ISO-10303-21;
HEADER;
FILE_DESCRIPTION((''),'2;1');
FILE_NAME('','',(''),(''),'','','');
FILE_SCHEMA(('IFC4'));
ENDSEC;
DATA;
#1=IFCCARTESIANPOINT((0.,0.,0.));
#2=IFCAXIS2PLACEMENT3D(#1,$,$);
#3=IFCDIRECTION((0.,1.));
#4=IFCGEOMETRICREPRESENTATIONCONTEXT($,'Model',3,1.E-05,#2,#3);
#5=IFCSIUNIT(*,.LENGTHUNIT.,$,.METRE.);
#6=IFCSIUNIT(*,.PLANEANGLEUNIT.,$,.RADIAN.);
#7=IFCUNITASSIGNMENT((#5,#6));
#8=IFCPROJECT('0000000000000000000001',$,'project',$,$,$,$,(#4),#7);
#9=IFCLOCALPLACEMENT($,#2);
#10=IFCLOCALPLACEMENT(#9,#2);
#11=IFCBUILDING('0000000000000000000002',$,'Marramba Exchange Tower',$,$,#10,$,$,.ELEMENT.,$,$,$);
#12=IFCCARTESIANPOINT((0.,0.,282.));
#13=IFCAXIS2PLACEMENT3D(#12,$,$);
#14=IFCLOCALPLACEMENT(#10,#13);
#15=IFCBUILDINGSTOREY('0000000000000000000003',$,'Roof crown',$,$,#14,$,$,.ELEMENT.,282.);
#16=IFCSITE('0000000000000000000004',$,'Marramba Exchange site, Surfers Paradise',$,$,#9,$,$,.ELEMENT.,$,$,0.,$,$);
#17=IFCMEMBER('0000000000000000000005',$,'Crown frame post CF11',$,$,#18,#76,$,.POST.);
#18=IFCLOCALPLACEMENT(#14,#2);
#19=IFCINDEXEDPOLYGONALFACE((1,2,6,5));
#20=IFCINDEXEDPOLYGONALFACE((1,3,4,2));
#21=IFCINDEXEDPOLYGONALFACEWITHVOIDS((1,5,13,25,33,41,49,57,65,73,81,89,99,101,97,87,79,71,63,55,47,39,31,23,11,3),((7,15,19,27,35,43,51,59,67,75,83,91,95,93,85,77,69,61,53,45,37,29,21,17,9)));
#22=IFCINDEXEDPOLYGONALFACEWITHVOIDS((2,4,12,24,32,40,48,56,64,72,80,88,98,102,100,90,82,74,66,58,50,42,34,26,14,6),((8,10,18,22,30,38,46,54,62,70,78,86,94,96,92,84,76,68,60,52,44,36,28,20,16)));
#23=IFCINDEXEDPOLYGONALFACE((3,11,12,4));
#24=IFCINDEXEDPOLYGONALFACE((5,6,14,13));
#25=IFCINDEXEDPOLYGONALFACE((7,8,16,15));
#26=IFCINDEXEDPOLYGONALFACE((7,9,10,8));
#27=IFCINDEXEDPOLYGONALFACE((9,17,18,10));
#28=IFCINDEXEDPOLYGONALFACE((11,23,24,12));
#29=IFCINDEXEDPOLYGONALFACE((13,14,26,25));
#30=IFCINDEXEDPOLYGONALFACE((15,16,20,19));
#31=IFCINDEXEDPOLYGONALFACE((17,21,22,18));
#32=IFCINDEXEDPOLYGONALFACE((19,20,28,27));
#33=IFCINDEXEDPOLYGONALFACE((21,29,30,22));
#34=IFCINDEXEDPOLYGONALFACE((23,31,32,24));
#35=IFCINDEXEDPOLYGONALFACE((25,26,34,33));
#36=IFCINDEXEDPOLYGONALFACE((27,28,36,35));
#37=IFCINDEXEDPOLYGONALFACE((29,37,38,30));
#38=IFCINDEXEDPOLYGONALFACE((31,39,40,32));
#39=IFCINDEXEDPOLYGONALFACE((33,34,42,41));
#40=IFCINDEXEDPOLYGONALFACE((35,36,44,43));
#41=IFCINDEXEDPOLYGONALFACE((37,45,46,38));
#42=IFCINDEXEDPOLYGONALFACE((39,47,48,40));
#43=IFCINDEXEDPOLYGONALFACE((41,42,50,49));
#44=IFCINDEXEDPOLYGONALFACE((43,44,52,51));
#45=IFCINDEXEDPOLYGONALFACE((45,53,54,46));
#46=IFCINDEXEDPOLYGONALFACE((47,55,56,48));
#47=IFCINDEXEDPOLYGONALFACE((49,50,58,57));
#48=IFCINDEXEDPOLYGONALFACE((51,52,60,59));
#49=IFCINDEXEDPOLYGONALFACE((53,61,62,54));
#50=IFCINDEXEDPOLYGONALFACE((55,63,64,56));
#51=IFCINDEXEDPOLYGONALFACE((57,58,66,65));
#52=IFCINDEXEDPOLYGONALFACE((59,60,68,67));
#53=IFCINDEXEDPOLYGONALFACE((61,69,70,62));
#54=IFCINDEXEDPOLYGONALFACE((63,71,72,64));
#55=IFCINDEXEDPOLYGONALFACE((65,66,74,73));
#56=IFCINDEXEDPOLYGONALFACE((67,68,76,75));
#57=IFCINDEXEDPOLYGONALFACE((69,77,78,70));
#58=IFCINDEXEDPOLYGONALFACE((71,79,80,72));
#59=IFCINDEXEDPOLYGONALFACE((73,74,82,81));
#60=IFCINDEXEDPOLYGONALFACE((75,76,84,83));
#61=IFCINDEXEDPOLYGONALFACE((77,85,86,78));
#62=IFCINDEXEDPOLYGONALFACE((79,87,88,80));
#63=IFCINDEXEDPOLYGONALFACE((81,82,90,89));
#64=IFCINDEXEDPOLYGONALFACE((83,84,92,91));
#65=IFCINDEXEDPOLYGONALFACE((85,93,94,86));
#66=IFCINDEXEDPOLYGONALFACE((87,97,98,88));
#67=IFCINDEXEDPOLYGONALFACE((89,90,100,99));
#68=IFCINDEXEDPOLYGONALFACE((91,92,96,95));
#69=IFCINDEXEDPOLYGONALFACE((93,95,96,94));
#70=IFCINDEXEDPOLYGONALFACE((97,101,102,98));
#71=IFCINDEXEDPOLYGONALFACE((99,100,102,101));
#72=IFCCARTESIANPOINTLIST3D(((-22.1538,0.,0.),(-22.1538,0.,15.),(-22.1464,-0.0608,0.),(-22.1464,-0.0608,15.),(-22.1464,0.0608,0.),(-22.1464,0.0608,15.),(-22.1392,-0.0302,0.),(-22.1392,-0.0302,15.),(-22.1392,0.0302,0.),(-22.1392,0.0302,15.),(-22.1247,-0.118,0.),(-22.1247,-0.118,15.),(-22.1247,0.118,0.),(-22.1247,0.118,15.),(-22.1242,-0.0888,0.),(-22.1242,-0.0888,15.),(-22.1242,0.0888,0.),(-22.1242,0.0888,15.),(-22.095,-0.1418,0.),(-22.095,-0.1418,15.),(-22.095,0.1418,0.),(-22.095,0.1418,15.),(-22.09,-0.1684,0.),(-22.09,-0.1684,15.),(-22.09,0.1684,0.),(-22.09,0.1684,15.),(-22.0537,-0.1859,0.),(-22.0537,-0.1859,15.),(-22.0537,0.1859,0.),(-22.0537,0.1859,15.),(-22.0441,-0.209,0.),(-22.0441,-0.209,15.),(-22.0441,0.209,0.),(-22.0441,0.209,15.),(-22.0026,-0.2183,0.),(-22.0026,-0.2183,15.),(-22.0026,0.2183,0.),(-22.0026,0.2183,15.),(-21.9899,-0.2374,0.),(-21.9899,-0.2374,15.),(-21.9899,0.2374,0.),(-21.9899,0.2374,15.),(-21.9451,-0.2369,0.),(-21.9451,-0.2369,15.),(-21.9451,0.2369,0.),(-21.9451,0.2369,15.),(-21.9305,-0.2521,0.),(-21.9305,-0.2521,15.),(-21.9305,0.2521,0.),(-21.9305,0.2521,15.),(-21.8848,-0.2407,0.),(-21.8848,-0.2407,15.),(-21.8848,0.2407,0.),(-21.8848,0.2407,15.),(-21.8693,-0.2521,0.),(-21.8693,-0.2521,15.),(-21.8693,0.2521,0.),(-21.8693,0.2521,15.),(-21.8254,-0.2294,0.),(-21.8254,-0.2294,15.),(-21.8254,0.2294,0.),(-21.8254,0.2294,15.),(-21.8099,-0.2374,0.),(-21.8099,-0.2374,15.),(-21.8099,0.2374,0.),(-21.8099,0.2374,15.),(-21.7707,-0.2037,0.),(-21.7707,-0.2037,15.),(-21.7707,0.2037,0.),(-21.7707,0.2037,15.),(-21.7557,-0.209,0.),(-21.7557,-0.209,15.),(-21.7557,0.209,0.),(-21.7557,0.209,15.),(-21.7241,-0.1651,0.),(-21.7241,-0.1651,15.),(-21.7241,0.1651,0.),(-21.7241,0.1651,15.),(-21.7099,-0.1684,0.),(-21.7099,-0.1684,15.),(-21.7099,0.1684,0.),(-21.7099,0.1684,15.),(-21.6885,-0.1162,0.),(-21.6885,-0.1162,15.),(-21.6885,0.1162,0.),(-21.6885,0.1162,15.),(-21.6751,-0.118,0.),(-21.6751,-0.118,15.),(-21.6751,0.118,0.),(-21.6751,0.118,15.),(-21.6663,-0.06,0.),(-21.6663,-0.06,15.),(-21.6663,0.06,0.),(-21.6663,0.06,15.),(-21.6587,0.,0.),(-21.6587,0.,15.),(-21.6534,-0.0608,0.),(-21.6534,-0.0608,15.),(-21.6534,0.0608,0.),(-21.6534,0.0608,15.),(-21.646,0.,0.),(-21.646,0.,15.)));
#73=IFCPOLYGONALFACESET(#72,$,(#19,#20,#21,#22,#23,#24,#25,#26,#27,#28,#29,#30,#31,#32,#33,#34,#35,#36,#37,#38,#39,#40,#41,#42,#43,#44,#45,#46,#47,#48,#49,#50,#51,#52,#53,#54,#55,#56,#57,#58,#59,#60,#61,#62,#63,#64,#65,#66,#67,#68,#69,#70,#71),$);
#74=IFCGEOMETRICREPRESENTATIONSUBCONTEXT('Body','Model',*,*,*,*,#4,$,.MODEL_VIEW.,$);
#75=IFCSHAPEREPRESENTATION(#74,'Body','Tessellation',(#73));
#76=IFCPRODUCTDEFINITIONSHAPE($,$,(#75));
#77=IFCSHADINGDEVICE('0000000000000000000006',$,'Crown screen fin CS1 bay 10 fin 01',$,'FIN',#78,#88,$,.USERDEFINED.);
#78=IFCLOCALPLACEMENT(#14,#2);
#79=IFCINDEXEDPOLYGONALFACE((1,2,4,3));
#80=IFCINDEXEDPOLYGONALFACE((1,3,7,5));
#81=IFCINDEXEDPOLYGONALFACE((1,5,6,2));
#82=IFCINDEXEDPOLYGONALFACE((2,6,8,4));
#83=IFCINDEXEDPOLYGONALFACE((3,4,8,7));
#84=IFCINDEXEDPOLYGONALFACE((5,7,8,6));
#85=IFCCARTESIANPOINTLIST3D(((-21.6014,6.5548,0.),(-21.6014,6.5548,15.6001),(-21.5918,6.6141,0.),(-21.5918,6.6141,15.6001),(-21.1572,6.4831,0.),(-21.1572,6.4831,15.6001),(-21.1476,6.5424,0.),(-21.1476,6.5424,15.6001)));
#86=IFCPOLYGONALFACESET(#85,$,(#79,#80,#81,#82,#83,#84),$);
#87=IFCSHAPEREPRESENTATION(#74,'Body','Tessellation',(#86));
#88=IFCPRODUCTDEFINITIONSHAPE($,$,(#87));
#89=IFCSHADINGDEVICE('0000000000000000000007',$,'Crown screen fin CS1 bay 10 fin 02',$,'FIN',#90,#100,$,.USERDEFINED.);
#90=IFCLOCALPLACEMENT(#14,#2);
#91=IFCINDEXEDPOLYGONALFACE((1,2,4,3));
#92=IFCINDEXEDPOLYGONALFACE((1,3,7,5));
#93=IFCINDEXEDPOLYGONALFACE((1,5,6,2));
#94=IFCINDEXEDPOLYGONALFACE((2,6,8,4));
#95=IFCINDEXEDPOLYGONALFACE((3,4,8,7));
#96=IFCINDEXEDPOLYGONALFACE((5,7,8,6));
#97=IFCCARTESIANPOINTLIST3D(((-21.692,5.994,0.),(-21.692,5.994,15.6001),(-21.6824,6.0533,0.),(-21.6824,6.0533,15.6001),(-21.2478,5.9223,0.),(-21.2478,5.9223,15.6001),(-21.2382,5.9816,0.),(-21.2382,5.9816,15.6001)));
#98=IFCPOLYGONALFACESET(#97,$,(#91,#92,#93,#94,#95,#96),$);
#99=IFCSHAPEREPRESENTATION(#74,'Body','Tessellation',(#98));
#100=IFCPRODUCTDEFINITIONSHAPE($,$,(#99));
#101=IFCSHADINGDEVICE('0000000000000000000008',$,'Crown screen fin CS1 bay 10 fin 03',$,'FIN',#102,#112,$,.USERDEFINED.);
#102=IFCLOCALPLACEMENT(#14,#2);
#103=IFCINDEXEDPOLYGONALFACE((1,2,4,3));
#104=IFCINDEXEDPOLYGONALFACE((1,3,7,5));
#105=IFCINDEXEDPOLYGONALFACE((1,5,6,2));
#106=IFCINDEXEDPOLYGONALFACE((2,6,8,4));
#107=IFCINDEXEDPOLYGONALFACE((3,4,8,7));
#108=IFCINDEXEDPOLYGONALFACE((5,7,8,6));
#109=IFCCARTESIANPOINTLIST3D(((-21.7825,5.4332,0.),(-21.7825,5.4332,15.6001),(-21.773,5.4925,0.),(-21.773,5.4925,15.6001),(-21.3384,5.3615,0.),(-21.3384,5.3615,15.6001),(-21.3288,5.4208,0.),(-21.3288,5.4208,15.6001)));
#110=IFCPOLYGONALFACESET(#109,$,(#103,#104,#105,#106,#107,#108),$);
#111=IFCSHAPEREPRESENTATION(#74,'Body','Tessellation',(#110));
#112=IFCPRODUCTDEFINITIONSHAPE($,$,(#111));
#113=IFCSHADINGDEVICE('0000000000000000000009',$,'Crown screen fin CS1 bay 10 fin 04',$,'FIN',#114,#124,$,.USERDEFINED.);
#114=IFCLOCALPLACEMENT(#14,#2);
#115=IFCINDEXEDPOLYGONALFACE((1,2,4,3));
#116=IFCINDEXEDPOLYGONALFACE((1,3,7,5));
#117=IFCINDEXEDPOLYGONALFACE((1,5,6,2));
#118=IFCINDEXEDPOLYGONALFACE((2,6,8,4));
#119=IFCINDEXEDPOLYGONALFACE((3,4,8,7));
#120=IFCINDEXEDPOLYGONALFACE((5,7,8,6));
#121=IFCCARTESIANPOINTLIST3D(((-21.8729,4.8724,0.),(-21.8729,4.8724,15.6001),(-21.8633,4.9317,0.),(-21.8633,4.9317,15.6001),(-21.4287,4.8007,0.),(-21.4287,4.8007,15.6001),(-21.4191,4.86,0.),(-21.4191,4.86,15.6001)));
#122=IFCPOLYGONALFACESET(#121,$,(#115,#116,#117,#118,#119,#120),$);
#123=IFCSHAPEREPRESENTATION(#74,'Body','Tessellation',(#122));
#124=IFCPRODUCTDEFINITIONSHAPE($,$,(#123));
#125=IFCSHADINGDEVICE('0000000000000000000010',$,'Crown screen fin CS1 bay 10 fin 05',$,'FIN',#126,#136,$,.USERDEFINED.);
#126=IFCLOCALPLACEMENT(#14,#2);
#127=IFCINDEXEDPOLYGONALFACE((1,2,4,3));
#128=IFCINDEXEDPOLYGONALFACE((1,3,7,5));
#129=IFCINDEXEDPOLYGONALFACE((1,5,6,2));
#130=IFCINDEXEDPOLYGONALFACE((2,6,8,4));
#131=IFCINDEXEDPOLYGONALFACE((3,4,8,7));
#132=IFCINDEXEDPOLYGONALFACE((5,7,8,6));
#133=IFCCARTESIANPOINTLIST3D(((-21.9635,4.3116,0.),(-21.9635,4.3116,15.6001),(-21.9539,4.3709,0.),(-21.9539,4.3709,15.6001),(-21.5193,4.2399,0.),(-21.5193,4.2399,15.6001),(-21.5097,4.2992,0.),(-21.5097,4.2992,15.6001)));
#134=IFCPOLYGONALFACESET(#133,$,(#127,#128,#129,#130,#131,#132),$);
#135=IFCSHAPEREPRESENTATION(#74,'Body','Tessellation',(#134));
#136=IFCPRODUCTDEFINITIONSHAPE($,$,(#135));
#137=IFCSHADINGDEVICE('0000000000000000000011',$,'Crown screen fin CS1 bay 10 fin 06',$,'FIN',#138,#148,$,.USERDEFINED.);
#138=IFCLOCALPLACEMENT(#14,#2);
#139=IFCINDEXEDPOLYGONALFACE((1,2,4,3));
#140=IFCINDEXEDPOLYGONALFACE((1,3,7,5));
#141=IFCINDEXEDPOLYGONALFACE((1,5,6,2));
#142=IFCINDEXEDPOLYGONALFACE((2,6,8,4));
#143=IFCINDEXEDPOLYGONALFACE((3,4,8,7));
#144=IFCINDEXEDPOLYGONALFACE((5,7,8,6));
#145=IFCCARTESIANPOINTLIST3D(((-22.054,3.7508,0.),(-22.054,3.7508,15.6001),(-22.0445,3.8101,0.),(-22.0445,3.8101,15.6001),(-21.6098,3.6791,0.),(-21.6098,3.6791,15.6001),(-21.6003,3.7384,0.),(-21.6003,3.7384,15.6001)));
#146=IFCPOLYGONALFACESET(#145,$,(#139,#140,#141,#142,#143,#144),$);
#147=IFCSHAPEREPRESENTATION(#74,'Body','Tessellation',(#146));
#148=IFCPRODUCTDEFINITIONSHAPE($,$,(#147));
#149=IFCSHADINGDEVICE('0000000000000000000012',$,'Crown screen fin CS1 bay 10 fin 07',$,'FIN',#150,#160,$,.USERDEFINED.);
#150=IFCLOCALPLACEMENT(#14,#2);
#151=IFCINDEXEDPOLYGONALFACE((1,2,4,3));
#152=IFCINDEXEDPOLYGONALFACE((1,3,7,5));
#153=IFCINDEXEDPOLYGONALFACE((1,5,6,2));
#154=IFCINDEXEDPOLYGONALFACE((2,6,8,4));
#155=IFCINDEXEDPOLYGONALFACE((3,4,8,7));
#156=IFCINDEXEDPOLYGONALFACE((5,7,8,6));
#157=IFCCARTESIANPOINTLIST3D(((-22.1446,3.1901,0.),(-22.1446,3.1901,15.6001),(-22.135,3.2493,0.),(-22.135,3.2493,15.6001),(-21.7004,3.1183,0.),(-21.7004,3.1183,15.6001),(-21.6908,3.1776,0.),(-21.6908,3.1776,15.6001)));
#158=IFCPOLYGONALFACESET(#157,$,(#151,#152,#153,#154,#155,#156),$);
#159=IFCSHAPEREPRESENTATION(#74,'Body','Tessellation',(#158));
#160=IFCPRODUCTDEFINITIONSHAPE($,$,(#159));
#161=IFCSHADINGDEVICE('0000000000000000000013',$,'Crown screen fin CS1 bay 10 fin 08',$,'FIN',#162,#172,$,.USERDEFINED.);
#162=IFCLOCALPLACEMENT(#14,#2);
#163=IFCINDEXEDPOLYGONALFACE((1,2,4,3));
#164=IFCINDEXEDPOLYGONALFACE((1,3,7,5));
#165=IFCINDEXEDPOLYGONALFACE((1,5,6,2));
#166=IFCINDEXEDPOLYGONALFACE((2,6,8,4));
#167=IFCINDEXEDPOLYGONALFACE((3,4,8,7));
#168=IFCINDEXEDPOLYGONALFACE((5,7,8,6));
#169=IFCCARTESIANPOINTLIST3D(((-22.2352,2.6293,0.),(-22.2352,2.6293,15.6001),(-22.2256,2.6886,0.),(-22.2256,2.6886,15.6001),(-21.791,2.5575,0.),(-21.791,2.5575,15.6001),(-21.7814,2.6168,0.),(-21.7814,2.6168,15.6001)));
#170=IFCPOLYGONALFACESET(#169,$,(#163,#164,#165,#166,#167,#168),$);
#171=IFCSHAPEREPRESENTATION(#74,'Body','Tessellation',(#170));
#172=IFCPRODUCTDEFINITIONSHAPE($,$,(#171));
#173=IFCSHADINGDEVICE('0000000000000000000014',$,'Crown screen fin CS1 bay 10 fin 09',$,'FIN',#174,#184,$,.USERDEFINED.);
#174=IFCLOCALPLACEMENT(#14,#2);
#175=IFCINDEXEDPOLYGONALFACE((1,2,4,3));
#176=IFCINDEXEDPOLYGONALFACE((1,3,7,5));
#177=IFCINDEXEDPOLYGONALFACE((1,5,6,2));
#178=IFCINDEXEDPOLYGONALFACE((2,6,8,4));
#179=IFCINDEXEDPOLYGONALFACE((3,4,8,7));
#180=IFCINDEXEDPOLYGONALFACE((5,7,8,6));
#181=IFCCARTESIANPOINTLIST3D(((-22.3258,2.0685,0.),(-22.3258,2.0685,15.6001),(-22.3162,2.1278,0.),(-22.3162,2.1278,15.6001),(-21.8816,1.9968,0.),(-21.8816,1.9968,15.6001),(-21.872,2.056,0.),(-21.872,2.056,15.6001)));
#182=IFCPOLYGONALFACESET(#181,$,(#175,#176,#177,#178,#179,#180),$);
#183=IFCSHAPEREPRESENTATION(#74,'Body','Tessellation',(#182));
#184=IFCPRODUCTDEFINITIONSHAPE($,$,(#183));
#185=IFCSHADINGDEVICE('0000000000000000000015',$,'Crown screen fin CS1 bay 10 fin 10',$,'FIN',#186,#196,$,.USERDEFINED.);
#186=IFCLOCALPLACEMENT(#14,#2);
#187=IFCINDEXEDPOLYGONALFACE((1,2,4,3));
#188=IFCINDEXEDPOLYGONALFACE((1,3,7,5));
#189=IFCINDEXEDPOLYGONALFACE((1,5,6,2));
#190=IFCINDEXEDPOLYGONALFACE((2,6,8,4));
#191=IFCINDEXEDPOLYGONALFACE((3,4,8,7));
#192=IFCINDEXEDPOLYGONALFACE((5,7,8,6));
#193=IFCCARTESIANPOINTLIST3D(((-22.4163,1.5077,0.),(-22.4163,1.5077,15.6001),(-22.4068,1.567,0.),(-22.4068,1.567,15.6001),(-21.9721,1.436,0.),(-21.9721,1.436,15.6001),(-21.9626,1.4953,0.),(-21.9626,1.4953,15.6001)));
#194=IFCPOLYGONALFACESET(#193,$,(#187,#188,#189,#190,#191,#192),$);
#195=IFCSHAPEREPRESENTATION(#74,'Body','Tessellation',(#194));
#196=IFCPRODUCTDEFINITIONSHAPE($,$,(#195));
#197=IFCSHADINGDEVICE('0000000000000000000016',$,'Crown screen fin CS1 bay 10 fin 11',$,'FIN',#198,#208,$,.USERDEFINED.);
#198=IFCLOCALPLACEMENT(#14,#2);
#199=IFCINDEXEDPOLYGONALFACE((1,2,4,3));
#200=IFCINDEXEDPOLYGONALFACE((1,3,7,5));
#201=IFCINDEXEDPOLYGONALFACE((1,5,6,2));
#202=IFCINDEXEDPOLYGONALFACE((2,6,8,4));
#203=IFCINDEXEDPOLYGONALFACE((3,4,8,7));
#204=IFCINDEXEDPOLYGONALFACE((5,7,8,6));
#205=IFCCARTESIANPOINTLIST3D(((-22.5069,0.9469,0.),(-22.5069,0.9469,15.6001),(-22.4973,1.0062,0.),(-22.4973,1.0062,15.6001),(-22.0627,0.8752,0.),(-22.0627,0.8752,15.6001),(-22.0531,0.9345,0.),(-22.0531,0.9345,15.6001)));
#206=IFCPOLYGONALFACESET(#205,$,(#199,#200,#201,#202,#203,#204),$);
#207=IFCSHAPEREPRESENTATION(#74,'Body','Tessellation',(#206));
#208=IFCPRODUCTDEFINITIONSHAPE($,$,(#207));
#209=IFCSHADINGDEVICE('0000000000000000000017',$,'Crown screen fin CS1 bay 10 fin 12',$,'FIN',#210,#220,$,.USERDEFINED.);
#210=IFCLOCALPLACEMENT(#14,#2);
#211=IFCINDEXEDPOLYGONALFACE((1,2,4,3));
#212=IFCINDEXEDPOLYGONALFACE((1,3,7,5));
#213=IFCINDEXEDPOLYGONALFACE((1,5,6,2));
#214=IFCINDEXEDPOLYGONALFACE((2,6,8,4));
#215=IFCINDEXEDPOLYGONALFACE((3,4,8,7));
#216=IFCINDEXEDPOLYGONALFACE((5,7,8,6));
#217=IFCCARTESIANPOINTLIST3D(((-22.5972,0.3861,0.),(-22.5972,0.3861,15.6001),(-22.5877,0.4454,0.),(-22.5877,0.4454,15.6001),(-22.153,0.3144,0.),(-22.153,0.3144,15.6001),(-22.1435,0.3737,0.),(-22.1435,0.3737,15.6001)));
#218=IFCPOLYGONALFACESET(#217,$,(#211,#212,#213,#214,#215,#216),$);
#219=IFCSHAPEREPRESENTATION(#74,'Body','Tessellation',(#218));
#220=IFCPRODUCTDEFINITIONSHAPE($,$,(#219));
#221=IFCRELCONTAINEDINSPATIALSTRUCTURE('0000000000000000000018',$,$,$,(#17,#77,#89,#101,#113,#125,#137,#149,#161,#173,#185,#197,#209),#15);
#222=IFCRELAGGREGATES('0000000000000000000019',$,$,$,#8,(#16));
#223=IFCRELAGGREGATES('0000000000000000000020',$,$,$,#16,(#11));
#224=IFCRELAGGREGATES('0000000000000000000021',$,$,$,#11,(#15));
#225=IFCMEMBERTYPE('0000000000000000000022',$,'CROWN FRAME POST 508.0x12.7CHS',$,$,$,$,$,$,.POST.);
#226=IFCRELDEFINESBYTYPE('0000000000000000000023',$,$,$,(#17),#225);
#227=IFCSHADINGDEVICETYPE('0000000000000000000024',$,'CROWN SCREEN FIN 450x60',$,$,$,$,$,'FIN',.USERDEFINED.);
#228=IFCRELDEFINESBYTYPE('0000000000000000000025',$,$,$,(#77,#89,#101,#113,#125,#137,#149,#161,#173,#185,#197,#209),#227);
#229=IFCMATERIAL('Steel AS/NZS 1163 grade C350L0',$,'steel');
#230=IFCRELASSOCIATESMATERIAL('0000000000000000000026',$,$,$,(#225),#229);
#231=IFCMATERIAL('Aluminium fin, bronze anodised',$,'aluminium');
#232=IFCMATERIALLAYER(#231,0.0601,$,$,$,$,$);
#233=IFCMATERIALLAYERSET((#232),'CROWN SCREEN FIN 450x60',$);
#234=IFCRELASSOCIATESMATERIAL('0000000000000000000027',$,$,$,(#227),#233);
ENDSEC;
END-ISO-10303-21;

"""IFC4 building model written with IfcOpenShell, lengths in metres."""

from ifc_helpers import new_model, si_unit, direction, frame, origin, origin_2d, place, context, subcontext, project, spatial, rectangle, hollow_circle, extrude, material, layer, layer_set, material_profile, profile_set, type_object, element, save


model = new_model("IFC4")

# Units and contexts
model_context = context("Model", 3, precision=1e-05, world=origin(), true_north=direction((0.0, 1.0)))
body_context = subcontext(model_context, "Body", "Model", "MODEL_VIEW")
ifc_project = project(units=[si_unit("LENGTHUNIT", "METRE"), si_unit("PLANEANGLEUNIT", "RADIAN")], contexts=[model_context])

# Site, building, storey
site_placement = place(None, origin())
site = spatial("IfcSite", under=ifc_project, at=site_placement, Name="Marramba Exchange site, Surfers Paradise", CompositionType="ELEMENT", RefElevation=0.0)
building_placement = place(site_placement, origin())
building = spatial("IfcBuilding", under=site, at=building_placement, Name="Marramba Exchange Tower", CompositionType="ELEMENT")
storey_placement = place(building_placement, frame((0.0, 0.0, 282.0)))
storey = spatial("IfcBuildingStorey", under=building, at=storey_placement, Name="Roof crown", CompositionType="ELEMENT", Elevation=282.0)

# Member
ifc_material_1 = material(Name="Steel AS/NZS 1163 grade C350L0", Category="steel")
ifc_material_profile_1 = material_profile(ifc_material_1, hollow_circle(Radius=0.2539, WallThickness=0.0127, at=origin_2d()), Name="508.0x12.7CHS")
ifc_profile_set_1 = profile_set([ifc_material_profile_1], Name="Steel AS/NZS 1163 grade C350L0")
member_type_1 = type_object("IfcMemberType", Name="CROWN FRAME POST 508.0x12.7CHS", PredefinedType="POST", material=ifc_profile_set_1)
for number, where, z_axis, x_axis, name in (
    (1, (-21.8999, 0.0, 0.0), (0.0, 0.0, 1.0), (1.0, 0.0, 0.0), "Crown frame post CF11"),
):
    element("IfcMember", number, at=place(storey_placement, frame(where, z_axis=z_axis, x_axis=x_axis)), inside=storey, type_object=member_type_1, Name=name, PredefinedType="POST", context=body_context, shape_type="SweptSolid", body=[
        extrude(hollow_circle(Radius=0.2539, WallThickness=0.0127, at=origin_2d()), origin(), (0.0, 0.0, 1.0), 15.0),
    ])

# Shading devices
ifc_material_2 = material(Name="Aluminium fin, bronze anodised", Category="aluminium")
ifc_layer_1 = layer(ifc_material_2, 0.0601)
ifc_layer_set_1 = layer_set([ifc_layer_1], Name="CROWN SCREEN FIN 450x60")
shading_device_type = type_object("IfcShadingDeviceType", Name="CROWN SCREEN FIN 450x60", ElementType="FIN", PredefinedType="USERDEFINED", material=ifc_layer_set_1)
for number, where, z_axis, x_axis, name in (
    (2, (-21.3745, 6.5486, 0.0), (0.0, 0.0, 1.0), (-0.987215, 0.159394, 0.0), "Crown screen fin CS1 bay 10 fin 01"),
    (3, (-21.4651, 5.9878, 0.0), (0.0, 0.0, 1.0), (-0.987215, 0.159394, 0.0), "Crown screen fin CS1 bay 10 fin 02"),
    (4, (-21.5557, 5.427, 0.0), (0.0, 0.0, 1.0), (-0.987215, 0.159394, 0.0), "Crown screen fin CS1 bay 10 fin 03"),
    (5, (-21.646, 4.8662, 0.0), (0.0, 0.0, 1.0), (-0.987215, 0.159394, 0.0), "Crown screen fin CS1 bay 10 fin 04"),
    (6, (-21.7366, 4.3054, 0.0), (0.0, 0.0, 1.0), (-0.987215, 0.159394, 0.0), "Crown screen fin CS1 bay 10 fin 05"),
    (7, (-21.8271, 3.7446, 0.0), (0.0, 0.0, 1.0), (-0.987215, 0.159394, 0.0), "Crown screen fin CS1 bay 10 fin 06"),
    (8, (-21.9177, 3.1838, 0.0), (0.0, 0.0, 1.0), (-0.987215, 0.159394, 0.0), "Crown screen fin CS1 bay 10 fin 07"),
    (9, (-22.0083, 2.623, 0.0), (0.0, 0.0, 1.0), (-0.987215, 0.159394, 0.0), "Crown screen fin CS1 bay 10 fin 08"),
    (10, (-22.0989, 2.0623, 0.0), (0.0, 0.0, 1.0), (-0.987215, 0.159394, 0.0), "Crown screen fin CS1 bay 10 fin 09"),
    (11, (-22.1895, 1.5015, 0.0), (0.0, 0.0, 1.0), (-0.987215, 0.159394, 0.0), "Crown screen fin CS1 bay 10 fin 10"),
    (12, (-22.28, 0.9407, 0.0), (0.0, 0.0, 1.0), (-0.987215, 0.159394, 0.0), "Crown screen fin CS1 bay 10 fin 11"),
    (13, (-22.3704, 0.3799, 0.0), (0.0, 0.0, 1.0), (-0.987215, 0.159394, 0.0), "Crown screen fin CS1 bay 10 fin 12"),
):
    element("IfcShadingDevice", number, at=place(storey_placement, frame(where, z_axis=z_axis, x_axis=x_axis)), inside=storey, type_object=shading_device_type, Name=name, ObjectType="FIN", PredefinedType="USERDEFINED", context=body_context, shape_type="SweptSolid", body=[
        extrude(rectangle(XDim=0.45, YDim=0.0601, at=origin_2d()), origin(), (0.0, 0.0, 1.0), 15.6001),
    ])

save(model, "model.ifc")
